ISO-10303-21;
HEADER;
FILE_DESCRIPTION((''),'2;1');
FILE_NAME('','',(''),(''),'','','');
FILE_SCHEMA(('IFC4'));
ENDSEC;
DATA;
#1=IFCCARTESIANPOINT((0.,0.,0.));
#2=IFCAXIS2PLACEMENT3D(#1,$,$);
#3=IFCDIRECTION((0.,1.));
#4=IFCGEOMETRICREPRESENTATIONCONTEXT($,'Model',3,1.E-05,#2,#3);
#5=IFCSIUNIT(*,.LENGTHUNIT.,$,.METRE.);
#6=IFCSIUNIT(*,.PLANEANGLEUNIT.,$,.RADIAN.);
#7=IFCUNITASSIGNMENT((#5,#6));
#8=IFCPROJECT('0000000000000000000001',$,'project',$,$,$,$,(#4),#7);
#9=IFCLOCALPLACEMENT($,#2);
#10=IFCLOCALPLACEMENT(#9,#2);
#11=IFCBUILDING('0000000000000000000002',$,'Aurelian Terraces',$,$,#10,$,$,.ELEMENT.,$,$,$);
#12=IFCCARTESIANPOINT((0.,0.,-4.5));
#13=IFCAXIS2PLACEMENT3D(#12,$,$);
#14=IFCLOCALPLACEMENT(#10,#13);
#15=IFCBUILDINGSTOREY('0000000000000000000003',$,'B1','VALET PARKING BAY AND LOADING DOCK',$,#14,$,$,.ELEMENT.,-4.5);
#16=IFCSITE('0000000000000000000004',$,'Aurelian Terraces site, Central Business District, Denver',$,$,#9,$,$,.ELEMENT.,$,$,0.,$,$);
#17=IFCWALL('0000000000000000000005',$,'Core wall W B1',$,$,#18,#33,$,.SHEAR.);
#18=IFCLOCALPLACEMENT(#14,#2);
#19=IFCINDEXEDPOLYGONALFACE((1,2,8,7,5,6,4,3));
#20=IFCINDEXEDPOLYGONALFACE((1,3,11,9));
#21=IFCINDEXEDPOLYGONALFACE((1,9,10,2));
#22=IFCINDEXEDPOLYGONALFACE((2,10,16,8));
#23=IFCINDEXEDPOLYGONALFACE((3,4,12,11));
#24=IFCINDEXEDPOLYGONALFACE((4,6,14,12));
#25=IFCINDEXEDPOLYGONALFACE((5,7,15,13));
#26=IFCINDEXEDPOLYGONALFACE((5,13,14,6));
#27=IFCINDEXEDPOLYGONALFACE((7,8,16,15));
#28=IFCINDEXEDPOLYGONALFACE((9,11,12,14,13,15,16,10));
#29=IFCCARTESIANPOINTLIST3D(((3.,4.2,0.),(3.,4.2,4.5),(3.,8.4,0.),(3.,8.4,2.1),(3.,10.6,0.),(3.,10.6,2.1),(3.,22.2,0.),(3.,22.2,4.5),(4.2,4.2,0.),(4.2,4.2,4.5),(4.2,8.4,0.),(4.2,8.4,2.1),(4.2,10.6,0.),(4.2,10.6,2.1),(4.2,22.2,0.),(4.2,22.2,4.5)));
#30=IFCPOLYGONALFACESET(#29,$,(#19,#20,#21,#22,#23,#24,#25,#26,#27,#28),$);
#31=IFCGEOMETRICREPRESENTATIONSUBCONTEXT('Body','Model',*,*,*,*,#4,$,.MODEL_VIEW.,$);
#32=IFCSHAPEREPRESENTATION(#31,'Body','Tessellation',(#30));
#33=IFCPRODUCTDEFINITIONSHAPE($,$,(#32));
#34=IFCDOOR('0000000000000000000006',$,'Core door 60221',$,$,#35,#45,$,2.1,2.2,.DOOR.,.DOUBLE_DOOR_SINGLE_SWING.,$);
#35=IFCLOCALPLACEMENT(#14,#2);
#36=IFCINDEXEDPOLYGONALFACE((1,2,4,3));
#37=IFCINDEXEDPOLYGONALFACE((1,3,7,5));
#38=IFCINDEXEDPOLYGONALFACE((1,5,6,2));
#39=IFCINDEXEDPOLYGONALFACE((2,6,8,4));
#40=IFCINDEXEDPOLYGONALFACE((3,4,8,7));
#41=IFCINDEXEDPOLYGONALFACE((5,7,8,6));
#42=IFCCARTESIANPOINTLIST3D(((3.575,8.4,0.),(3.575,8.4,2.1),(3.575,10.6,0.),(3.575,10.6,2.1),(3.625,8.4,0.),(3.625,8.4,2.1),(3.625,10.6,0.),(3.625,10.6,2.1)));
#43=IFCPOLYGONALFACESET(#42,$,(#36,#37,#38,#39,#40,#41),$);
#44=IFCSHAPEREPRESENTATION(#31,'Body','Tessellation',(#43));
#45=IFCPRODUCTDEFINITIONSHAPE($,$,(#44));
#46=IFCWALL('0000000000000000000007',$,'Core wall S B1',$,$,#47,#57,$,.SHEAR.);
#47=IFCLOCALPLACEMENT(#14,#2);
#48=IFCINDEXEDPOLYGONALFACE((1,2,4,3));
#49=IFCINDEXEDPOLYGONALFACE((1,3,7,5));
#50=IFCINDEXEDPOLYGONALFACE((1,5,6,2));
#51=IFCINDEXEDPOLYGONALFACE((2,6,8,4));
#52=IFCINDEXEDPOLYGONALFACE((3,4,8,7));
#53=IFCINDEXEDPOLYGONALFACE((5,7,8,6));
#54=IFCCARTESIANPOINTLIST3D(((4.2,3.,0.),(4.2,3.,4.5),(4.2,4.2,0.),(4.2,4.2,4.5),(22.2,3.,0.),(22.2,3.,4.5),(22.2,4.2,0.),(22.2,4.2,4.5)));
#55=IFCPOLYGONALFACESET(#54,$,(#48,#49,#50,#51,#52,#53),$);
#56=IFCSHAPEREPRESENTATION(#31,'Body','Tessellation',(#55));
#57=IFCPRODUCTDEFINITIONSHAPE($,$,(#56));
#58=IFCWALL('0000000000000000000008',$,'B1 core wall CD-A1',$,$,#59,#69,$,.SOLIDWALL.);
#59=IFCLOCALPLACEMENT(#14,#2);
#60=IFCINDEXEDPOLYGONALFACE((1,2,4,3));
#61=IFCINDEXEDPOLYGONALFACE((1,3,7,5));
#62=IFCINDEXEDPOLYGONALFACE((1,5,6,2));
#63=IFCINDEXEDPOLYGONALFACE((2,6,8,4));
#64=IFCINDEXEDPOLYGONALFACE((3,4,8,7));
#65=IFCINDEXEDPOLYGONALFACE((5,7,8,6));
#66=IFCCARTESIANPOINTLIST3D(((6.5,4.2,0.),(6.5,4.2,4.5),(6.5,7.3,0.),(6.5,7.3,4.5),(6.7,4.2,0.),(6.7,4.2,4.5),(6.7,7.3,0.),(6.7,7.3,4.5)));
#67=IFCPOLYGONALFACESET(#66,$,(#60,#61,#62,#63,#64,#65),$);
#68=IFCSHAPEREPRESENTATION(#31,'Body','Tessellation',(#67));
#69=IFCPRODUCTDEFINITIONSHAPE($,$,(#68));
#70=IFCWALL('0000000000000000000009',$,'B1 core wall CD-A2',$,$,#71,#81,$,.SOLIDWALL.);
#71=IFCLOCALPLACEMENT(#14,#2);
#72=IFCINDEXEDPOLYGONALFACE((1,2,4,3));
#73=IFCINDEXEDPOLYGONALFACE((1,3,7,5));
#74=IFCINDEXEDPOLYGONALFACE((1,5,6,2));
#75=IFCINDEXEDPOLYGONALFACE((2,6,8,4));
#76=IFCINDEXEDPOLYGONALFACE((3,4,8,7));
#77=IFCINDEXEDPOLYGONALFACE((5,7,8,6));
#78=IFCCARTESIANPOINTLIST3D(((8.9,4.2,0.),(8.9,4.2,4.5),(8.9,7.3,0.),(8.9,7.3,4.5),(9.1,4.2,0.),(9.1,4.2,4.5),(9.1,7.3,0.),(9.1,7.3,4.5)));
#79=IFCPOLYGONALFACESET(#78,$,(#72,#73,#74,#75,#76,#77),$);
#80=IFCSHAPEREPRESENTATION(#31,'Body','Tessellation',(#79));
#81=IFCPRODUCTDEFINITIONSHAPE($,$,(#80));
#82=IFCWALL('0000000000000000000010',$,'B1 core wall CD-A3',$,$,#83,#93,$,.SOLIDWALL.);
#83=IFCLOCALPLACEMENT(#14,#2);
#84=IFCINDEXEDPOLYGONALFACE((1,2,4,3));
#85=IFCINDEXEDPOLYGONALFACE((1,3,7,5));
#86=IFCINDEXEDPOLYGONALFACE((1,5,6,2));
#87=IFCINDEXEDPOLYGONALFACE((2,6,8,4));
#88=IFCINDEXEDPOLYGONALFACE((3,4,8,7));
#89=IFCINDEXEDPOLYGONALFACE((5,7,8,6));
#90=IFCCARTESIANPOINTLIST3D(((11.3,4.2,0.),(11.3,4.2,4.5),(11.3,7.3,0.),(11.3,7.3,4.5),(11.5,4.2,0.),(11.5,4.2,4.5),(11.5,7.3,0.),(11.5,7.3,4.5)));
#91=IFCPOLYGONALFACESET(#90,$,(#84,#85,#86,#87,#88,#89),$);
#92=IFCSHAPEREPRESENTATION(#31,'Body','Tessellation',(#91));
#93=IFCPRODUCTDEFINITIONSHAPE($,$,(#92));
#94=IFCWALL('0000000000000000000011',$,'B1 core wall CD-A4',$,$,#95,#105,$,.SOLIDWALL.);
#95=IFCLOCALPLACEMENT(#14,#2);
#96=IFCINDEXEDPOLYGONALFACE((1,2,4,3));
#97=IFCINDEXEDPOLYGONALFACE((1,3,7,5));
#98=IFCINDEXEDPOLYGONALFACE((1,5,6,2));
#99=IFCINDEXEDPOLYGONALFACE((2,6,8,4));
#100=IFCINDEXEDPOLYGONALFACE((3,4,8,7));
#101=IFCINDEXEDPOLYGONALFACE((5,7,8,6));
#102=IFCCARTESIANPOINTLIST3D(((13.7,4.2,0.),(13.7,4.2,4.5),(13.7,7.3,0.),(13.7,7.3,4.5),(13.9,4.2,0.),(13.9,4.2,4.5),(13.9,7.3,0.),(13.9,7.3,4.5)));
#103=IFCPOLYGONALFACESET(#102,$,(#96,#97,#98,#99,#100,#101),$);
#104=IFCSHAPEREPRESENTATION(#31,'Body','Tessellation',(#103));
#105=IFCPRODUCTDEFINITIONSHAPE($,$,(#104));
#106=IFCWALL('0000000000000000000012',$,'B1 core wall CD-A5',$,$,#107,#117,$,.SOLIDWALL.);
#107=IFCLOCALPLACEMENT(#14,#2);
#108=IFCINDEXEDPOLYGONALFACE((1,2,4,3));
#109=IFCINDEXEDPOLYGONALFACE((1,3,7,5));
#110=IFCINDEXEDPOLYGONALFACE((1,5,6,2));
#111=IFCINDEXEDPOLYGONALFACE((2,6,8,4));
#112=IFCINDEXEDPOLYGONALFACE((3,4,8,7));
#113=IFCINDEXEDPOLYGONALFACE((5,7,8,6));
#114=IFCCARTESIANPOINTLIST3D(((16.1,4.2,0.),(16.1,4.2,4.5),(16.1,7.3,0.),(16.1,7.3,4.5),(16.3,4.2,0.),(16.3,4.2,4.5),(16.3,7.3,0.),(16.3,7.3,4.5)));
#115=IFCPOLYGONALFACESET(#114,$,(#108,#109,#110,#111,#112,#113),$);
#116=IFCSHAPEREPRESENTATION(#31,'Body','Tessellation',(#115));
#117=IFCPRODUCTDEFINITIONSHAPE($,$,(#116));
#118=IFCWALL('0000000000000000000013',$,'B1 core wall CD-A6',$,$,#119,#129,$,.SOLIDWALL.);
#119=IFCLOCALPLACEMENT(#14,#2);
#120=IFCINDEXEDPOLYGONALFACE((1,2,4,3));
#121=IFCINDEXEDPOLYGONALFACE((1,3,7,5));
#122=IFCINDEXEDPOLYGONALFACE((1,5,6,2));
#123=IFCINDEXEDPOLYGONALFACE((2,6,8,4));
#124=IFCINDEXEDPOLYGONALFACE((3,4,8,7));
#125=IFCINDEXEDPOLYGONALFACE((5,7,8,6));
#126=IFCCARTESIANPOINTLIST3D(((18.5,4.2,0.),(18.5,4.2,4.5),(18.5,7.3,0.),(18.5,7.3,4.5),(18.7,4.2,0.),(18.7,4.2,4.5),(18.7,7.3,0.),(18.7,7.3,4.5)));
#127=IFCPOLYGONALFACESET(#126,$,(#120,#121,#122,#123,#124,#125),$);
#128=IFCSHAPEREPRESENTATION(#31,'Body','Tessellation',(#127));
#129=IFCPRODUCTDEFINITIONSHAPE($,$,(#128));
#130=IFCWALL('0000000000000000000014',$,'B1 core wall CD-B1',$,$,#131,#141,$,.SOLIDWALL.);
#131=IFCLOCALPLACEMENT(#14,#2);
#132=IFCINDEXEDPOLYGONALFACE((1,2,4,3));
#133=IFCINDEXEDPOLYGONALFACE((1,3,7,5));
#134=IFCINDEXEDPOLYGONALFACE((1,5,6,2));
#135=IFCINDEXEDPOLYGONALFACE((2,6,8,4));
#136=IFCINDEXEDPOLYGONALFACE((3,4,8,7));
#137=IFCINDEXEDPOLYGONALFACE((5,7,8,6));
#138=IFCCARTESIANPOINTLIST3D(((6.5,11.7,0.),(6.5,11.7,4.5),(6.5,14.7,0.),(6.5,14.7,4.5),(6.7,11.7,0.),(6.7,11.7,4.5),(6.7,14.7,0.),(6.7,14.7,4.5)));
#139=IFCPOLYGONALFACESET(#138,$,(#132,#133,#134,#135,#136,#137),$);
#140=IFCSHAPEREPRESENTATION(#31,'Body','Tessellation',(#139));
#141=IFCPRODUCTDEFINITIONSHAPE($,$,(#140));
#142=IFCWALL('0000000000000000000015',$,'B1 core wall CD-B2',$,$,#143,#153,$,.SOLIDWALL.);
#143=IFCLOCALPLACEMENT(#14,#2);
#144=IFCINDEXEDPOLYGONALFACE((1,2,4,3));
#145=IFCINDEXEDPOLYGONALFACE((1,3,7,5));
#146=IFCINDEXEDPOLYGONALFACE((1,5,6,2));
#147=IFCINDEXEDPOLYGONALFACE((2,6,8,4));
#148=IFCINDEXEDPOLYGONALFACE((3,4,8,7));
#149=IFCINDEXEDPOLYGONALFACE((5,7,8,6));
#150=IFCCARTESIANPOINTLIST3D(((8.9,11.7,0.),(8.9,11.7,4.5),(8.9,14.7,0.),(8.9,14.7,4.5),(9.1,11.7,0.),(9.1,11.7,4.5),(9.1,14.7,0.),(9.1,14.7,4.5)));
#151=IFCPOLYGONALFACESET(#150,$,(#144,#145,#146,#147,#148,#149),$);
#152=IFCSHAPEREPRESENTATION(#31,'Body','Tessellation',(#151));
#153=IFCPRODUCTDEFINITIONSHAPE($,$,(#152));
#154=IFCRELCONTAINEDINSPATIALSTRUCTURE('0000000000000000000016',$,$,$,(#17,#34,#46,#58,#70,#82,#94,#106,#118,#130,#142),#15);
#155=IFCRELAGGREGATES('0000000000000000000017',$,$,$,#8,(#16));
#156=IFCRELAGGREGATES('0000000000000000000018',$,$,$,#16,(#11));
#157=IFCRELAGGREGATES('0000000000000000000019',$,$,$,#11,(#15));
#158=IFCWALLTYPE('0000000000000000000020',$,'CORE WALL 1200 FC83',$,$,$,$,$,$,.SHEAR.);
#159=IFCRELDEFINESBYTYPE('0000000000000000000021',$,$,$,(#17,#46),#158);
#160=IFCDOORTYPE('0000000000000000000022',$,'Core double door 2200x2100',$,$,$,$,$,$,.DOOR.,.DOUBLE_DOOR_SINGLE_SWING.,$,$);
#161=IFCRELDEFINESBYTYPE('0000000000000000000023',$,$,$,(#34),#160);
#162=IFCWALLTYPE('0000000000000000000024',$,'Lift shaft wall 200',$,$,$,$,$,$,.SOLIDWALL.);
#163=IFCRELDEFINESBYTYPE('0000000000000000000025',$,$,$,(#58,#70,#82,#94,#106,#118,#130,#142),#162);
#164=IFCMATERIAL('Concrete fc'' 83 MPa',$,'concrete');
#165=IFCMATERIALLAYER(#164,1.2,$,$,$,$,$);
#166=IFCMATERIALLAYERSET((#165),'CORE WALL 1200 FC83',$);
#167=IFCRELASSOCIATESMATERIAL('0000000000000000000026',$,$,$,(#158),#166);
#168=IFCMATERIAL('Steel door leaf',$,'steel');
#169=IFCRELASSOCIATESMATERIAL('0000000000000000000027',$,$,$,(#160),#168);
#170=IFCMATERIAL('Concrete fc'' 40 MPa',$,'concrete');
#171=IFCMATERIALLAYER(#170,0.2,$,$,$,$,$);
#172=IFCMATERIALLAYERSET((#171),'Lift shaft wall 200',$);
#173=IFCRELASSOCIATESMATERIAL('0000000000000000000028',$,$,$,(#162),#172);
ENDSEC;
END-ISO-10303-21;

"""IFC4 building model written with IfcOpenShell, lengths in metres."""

from ifc_helpers import new_model, si_unit, direction, frame, frame_2d, origin, place, context, subcontext, project, spatial, rectangle, extrude, source, transform, mapped, material, layer, layer_set, type_object, element, fill, save


model = new_model("IFC4")

# Units and contexts
model_context = context("Model", 3, precision=1e-05, world=origin(), true_north=direction((0.0, 1.0)))
body_context = subcontext(model_context, "Body", "Model", "MODEL_VIEW")
ifc_project = project(units=[si_unit("LENGTHUNIT", "METRE"), si_unit("PLANEANGLEUNIT", "RADIAN")], contexts=[model_context])

# Site, building, storey
site_placement = place(None, origin())
site = spatial("IfcSite", under=ifc_project, at=site_placement, Name="Aurelian Terraces site, Central Business District, Denver", CompositionType="ELEMENT", RefElevation=0.0)
building_placement = place(site_placement, origin())
building = spatial("IfcBuilding", under=site, at=building_placement, Name="Aurelian Terraces", CompositionType="ELEMENT")
storey_placement = place(building_placement, frame((0.0, 0.0, -4.5)))
storey = spatial("IfcBuildingStorey", under=building, at=storey_placement, Name="B1", Description="VALET PARKING BAY AND LOADING DOCK", CompositionType="ELEMENT", Elevation=-4.5)

# Shared definitions
ifc_material_1 = material(Name="Concrete fc' 83 MPa", Category="concrete")

# Shared definitions
ifc_material_2 = material(Name="Concrete fc' 40 MPa", Category="concrete")

# Wall, opening, door
ifc_layer_1 = layer(ifc_material_1, 1.2)
ifc_layer_set_1 = layer_set([ifc_layer_1], Name="CORE WALL 1200 FC83")
wall_type_1 = type_object("IfcWallType", Name="CORE WALL 1200 FC83", PredefinedType="SHEAR", material=ifc_layer_set_1)
shared_shape_1 = source(origin(), body_context, "Body", "SweptSolid", [
    extrude(rectangle(XDim=18.0, YDim=1.2, at=frame_2d((9.0, 0.0))), origin(), (0.0, 0.0, 1.0), 4.5),
])
wall_1_placement = place(storey_placement, frame((3.6, 4.2, 0.0), z_axis=(0.0, 0.0, 1.0), x_axis=(0.0, 1.0, 0.0)))
wall_1 = element("IfcWall", 1, at=wall_1_placement, inside=storey, type_object=wall_type_1, Name="Core wall W B1", PredefinedType="SHEAR", context=body_context, shape_type="MappedRepresentation", body=[
    mapped(shared_shape_1, transform((0.0, 0.0, 0.0), scale=1.0)),
])
shared_shape_2 = source(origin(), body_context, "Body", "SweptSolid", [
    extrude(rectangle(XDim=2.2, YDim=2.1, at=frame_2d((1.1, 1.05))), frame((0.0, 0.61, 0.0), z_axis=(0.0, -1.0, 0.0), x_axis=(1.0, 0.0, 0.0)), (0.0, 0.0, 1.0), 1.22),
])
opening_1_placement = place(wall_1_placement, frame((4.2, 0.0, 0.0)))
opening_1 = element("IfcOpeningElement", 2, at=opening_1_placement, cuts=wall_1, PredefinedType="OPENING", context=body_context, shape_type="MappedRepresentation", body=[
    mapped(shared_shape_2, transform((0.0, 0.0, 0.0), scale=1.0)),
])
ifc_material_3 = material(Name="Steel door leaf", Category="steel")
door_type_1 = type_object("IfcDoorType", Name="Core double door 2200x2100", OperationType="DOUBLE_DOOR_SINGLE_SWING", PredefinedType="DOOR", material=ifc_material_3)
shared_shape_3 = source(origin(), body_context, "Body", "SweptSolid", [
    extrude(rectangle(XDim=2.2, YDim=2.1, at=frame_2d((1.1, 1.05))), frame((0.0, 0.025, 0.0), z_axis=(0.0, -1.0, 0.0), x_axis=(1.0, 0.0, 0.0)), (0.0, 0.0, 1.0), 0.05),
])
door_1_placement = place(opening_1_placement, origin())
door_1 = element("IfcDoor", 3, at=door_1_placement, inside=storey, type_object=door_type_1, Name="Core door 60221", OperationType="DOUBLE_DOOR_SINGLE_SWING", OverallHeight=2.1, OverallWidth=2.2, PredefinedType="DOOR", context=body_context, shape_type="MappedRepresentation", body=[
    mapped(shared_shape_3, transform((0.0, 0.0, 0.0), scale=1.0)),
])
fill(opening_1, door_1)

# Walls
wall_2_placement = place(storey_placement, frame((4.2, 3.6, 0.0), z_axis=(0.0, 0.0, 1.0), x_axis=(1.0, 0.0, 0.0)))
element("IfcWall", 4, at=wall_2_placement, inside=storey, type_object=wall_type_1, Name="Core wall S B1", PredefinedType="SHEAR", context=body_context, shape_type="MappedRepresentation", body=[
    mapped(shared_shape_1, transform((0.0, 0.0, 0.0), scale=1.0)),
])
ifc_layer_2 = layer(ifc_material_2, 0.2)
ifc_layer_set_2 = layer_set([ifc_layer_2], Name="Lift shaft wall 200")
wall_type_2 = type_object("IfcWallType", Name="Lift shaft wall 200", PredefinedType="SOLIDWALL", material=ifc_layer_set_2)
shared_shape_4 = source(origin(), body_context, "Body", "SweptSolid", [
    extrude(rectangle(XDim=3.1, YDim=0.2, at=frame_2d((1.55, 0.0))), origin(), (0.0, 0.0, 1.0), 4.5),
])
for number, where, z_axis, x_axis, name in (
    (5, (6.6, 4.2, 0.0), (0.0, 0.0, 1.0), (0.0, 1.0, 0.0), "B1 core wall CD-A1"),
    (6, (9.0, 4.2, 0.0), (0.0, 0.0, 1.0), (0.0, 1.0, 0.0), "B1 core wall CD-A2"),
    (7, (11.4, 4.2, 0.0), (0.0, 0.0, 1.0), (0.0, 1.0, 0.0), "B1 core wall CD-A3"),
    (8, (13.8, 4.2, 0.0), (0.0, 0.0, 1.0), (0.0, 1.0, 0.0), "B1 core wall CD-A4"),
    (9, (16.2, 4.2, 0.0), (0.0, 0.0, 1.0), (0.0, 1.0, 0.0), "B1 core wall CD-A5"),
    (10, (18.6, 4.2, 0.0), (0.0, 0.0, 1.0), (0.0, 1.0, 0.0), "B1 core wall CD-A6"),
):
    element("IfcWall", number, at=place(storey_placement, frame(where, z_axis=z_axis, x_axis=x_axis)), inside=storey, type_object=wall_type_2, Name=name, PredefinedType="SOLIDWALL", context=body_context, shape_type="MappedRepresentation", body=[
        mapped(shared_shape_4, transform((0.0, 0.0, 0.0), scale=1.0)),
    ])
shared_shape_5 = source(origin(), body_context, "Body", "SweptSolid", [
    extrude(rectangle(XDim=3.0, YDim=0.2, at=frame_2d((1.5, 0.0))), origin(), (0.0, 0.0, 1.0), 4.5),
])
for number, where, z_axis, x_axis, name in (
    (11, (6.6, 11.7, 0.0), (0.0, 0.0, 1.0), (0.0, 1.0, 0.0), "B1 core wall CD-B1"),
    (12, (9.0, 11.7, 0.0), (0.0, 0.0, 1.0), (0.0, 1.0, 0.0), "B1 core wall CD-B2"),
):
    element("IfcWall", number, at=place(storey_placement, frame(where, z_axis=z_axis, x_axis=x_axis)), inside=storey, type_object=wall_type_2, Name=name, PredefinedType="SOLIDWALL", context=body_context, shape_type="MappedRepresentation", body=[
        mapped(shared_shape_5, transform((0.0, 0.0, 0.0), scale=1.0)),
    ])

save(model, "model.ifc")
